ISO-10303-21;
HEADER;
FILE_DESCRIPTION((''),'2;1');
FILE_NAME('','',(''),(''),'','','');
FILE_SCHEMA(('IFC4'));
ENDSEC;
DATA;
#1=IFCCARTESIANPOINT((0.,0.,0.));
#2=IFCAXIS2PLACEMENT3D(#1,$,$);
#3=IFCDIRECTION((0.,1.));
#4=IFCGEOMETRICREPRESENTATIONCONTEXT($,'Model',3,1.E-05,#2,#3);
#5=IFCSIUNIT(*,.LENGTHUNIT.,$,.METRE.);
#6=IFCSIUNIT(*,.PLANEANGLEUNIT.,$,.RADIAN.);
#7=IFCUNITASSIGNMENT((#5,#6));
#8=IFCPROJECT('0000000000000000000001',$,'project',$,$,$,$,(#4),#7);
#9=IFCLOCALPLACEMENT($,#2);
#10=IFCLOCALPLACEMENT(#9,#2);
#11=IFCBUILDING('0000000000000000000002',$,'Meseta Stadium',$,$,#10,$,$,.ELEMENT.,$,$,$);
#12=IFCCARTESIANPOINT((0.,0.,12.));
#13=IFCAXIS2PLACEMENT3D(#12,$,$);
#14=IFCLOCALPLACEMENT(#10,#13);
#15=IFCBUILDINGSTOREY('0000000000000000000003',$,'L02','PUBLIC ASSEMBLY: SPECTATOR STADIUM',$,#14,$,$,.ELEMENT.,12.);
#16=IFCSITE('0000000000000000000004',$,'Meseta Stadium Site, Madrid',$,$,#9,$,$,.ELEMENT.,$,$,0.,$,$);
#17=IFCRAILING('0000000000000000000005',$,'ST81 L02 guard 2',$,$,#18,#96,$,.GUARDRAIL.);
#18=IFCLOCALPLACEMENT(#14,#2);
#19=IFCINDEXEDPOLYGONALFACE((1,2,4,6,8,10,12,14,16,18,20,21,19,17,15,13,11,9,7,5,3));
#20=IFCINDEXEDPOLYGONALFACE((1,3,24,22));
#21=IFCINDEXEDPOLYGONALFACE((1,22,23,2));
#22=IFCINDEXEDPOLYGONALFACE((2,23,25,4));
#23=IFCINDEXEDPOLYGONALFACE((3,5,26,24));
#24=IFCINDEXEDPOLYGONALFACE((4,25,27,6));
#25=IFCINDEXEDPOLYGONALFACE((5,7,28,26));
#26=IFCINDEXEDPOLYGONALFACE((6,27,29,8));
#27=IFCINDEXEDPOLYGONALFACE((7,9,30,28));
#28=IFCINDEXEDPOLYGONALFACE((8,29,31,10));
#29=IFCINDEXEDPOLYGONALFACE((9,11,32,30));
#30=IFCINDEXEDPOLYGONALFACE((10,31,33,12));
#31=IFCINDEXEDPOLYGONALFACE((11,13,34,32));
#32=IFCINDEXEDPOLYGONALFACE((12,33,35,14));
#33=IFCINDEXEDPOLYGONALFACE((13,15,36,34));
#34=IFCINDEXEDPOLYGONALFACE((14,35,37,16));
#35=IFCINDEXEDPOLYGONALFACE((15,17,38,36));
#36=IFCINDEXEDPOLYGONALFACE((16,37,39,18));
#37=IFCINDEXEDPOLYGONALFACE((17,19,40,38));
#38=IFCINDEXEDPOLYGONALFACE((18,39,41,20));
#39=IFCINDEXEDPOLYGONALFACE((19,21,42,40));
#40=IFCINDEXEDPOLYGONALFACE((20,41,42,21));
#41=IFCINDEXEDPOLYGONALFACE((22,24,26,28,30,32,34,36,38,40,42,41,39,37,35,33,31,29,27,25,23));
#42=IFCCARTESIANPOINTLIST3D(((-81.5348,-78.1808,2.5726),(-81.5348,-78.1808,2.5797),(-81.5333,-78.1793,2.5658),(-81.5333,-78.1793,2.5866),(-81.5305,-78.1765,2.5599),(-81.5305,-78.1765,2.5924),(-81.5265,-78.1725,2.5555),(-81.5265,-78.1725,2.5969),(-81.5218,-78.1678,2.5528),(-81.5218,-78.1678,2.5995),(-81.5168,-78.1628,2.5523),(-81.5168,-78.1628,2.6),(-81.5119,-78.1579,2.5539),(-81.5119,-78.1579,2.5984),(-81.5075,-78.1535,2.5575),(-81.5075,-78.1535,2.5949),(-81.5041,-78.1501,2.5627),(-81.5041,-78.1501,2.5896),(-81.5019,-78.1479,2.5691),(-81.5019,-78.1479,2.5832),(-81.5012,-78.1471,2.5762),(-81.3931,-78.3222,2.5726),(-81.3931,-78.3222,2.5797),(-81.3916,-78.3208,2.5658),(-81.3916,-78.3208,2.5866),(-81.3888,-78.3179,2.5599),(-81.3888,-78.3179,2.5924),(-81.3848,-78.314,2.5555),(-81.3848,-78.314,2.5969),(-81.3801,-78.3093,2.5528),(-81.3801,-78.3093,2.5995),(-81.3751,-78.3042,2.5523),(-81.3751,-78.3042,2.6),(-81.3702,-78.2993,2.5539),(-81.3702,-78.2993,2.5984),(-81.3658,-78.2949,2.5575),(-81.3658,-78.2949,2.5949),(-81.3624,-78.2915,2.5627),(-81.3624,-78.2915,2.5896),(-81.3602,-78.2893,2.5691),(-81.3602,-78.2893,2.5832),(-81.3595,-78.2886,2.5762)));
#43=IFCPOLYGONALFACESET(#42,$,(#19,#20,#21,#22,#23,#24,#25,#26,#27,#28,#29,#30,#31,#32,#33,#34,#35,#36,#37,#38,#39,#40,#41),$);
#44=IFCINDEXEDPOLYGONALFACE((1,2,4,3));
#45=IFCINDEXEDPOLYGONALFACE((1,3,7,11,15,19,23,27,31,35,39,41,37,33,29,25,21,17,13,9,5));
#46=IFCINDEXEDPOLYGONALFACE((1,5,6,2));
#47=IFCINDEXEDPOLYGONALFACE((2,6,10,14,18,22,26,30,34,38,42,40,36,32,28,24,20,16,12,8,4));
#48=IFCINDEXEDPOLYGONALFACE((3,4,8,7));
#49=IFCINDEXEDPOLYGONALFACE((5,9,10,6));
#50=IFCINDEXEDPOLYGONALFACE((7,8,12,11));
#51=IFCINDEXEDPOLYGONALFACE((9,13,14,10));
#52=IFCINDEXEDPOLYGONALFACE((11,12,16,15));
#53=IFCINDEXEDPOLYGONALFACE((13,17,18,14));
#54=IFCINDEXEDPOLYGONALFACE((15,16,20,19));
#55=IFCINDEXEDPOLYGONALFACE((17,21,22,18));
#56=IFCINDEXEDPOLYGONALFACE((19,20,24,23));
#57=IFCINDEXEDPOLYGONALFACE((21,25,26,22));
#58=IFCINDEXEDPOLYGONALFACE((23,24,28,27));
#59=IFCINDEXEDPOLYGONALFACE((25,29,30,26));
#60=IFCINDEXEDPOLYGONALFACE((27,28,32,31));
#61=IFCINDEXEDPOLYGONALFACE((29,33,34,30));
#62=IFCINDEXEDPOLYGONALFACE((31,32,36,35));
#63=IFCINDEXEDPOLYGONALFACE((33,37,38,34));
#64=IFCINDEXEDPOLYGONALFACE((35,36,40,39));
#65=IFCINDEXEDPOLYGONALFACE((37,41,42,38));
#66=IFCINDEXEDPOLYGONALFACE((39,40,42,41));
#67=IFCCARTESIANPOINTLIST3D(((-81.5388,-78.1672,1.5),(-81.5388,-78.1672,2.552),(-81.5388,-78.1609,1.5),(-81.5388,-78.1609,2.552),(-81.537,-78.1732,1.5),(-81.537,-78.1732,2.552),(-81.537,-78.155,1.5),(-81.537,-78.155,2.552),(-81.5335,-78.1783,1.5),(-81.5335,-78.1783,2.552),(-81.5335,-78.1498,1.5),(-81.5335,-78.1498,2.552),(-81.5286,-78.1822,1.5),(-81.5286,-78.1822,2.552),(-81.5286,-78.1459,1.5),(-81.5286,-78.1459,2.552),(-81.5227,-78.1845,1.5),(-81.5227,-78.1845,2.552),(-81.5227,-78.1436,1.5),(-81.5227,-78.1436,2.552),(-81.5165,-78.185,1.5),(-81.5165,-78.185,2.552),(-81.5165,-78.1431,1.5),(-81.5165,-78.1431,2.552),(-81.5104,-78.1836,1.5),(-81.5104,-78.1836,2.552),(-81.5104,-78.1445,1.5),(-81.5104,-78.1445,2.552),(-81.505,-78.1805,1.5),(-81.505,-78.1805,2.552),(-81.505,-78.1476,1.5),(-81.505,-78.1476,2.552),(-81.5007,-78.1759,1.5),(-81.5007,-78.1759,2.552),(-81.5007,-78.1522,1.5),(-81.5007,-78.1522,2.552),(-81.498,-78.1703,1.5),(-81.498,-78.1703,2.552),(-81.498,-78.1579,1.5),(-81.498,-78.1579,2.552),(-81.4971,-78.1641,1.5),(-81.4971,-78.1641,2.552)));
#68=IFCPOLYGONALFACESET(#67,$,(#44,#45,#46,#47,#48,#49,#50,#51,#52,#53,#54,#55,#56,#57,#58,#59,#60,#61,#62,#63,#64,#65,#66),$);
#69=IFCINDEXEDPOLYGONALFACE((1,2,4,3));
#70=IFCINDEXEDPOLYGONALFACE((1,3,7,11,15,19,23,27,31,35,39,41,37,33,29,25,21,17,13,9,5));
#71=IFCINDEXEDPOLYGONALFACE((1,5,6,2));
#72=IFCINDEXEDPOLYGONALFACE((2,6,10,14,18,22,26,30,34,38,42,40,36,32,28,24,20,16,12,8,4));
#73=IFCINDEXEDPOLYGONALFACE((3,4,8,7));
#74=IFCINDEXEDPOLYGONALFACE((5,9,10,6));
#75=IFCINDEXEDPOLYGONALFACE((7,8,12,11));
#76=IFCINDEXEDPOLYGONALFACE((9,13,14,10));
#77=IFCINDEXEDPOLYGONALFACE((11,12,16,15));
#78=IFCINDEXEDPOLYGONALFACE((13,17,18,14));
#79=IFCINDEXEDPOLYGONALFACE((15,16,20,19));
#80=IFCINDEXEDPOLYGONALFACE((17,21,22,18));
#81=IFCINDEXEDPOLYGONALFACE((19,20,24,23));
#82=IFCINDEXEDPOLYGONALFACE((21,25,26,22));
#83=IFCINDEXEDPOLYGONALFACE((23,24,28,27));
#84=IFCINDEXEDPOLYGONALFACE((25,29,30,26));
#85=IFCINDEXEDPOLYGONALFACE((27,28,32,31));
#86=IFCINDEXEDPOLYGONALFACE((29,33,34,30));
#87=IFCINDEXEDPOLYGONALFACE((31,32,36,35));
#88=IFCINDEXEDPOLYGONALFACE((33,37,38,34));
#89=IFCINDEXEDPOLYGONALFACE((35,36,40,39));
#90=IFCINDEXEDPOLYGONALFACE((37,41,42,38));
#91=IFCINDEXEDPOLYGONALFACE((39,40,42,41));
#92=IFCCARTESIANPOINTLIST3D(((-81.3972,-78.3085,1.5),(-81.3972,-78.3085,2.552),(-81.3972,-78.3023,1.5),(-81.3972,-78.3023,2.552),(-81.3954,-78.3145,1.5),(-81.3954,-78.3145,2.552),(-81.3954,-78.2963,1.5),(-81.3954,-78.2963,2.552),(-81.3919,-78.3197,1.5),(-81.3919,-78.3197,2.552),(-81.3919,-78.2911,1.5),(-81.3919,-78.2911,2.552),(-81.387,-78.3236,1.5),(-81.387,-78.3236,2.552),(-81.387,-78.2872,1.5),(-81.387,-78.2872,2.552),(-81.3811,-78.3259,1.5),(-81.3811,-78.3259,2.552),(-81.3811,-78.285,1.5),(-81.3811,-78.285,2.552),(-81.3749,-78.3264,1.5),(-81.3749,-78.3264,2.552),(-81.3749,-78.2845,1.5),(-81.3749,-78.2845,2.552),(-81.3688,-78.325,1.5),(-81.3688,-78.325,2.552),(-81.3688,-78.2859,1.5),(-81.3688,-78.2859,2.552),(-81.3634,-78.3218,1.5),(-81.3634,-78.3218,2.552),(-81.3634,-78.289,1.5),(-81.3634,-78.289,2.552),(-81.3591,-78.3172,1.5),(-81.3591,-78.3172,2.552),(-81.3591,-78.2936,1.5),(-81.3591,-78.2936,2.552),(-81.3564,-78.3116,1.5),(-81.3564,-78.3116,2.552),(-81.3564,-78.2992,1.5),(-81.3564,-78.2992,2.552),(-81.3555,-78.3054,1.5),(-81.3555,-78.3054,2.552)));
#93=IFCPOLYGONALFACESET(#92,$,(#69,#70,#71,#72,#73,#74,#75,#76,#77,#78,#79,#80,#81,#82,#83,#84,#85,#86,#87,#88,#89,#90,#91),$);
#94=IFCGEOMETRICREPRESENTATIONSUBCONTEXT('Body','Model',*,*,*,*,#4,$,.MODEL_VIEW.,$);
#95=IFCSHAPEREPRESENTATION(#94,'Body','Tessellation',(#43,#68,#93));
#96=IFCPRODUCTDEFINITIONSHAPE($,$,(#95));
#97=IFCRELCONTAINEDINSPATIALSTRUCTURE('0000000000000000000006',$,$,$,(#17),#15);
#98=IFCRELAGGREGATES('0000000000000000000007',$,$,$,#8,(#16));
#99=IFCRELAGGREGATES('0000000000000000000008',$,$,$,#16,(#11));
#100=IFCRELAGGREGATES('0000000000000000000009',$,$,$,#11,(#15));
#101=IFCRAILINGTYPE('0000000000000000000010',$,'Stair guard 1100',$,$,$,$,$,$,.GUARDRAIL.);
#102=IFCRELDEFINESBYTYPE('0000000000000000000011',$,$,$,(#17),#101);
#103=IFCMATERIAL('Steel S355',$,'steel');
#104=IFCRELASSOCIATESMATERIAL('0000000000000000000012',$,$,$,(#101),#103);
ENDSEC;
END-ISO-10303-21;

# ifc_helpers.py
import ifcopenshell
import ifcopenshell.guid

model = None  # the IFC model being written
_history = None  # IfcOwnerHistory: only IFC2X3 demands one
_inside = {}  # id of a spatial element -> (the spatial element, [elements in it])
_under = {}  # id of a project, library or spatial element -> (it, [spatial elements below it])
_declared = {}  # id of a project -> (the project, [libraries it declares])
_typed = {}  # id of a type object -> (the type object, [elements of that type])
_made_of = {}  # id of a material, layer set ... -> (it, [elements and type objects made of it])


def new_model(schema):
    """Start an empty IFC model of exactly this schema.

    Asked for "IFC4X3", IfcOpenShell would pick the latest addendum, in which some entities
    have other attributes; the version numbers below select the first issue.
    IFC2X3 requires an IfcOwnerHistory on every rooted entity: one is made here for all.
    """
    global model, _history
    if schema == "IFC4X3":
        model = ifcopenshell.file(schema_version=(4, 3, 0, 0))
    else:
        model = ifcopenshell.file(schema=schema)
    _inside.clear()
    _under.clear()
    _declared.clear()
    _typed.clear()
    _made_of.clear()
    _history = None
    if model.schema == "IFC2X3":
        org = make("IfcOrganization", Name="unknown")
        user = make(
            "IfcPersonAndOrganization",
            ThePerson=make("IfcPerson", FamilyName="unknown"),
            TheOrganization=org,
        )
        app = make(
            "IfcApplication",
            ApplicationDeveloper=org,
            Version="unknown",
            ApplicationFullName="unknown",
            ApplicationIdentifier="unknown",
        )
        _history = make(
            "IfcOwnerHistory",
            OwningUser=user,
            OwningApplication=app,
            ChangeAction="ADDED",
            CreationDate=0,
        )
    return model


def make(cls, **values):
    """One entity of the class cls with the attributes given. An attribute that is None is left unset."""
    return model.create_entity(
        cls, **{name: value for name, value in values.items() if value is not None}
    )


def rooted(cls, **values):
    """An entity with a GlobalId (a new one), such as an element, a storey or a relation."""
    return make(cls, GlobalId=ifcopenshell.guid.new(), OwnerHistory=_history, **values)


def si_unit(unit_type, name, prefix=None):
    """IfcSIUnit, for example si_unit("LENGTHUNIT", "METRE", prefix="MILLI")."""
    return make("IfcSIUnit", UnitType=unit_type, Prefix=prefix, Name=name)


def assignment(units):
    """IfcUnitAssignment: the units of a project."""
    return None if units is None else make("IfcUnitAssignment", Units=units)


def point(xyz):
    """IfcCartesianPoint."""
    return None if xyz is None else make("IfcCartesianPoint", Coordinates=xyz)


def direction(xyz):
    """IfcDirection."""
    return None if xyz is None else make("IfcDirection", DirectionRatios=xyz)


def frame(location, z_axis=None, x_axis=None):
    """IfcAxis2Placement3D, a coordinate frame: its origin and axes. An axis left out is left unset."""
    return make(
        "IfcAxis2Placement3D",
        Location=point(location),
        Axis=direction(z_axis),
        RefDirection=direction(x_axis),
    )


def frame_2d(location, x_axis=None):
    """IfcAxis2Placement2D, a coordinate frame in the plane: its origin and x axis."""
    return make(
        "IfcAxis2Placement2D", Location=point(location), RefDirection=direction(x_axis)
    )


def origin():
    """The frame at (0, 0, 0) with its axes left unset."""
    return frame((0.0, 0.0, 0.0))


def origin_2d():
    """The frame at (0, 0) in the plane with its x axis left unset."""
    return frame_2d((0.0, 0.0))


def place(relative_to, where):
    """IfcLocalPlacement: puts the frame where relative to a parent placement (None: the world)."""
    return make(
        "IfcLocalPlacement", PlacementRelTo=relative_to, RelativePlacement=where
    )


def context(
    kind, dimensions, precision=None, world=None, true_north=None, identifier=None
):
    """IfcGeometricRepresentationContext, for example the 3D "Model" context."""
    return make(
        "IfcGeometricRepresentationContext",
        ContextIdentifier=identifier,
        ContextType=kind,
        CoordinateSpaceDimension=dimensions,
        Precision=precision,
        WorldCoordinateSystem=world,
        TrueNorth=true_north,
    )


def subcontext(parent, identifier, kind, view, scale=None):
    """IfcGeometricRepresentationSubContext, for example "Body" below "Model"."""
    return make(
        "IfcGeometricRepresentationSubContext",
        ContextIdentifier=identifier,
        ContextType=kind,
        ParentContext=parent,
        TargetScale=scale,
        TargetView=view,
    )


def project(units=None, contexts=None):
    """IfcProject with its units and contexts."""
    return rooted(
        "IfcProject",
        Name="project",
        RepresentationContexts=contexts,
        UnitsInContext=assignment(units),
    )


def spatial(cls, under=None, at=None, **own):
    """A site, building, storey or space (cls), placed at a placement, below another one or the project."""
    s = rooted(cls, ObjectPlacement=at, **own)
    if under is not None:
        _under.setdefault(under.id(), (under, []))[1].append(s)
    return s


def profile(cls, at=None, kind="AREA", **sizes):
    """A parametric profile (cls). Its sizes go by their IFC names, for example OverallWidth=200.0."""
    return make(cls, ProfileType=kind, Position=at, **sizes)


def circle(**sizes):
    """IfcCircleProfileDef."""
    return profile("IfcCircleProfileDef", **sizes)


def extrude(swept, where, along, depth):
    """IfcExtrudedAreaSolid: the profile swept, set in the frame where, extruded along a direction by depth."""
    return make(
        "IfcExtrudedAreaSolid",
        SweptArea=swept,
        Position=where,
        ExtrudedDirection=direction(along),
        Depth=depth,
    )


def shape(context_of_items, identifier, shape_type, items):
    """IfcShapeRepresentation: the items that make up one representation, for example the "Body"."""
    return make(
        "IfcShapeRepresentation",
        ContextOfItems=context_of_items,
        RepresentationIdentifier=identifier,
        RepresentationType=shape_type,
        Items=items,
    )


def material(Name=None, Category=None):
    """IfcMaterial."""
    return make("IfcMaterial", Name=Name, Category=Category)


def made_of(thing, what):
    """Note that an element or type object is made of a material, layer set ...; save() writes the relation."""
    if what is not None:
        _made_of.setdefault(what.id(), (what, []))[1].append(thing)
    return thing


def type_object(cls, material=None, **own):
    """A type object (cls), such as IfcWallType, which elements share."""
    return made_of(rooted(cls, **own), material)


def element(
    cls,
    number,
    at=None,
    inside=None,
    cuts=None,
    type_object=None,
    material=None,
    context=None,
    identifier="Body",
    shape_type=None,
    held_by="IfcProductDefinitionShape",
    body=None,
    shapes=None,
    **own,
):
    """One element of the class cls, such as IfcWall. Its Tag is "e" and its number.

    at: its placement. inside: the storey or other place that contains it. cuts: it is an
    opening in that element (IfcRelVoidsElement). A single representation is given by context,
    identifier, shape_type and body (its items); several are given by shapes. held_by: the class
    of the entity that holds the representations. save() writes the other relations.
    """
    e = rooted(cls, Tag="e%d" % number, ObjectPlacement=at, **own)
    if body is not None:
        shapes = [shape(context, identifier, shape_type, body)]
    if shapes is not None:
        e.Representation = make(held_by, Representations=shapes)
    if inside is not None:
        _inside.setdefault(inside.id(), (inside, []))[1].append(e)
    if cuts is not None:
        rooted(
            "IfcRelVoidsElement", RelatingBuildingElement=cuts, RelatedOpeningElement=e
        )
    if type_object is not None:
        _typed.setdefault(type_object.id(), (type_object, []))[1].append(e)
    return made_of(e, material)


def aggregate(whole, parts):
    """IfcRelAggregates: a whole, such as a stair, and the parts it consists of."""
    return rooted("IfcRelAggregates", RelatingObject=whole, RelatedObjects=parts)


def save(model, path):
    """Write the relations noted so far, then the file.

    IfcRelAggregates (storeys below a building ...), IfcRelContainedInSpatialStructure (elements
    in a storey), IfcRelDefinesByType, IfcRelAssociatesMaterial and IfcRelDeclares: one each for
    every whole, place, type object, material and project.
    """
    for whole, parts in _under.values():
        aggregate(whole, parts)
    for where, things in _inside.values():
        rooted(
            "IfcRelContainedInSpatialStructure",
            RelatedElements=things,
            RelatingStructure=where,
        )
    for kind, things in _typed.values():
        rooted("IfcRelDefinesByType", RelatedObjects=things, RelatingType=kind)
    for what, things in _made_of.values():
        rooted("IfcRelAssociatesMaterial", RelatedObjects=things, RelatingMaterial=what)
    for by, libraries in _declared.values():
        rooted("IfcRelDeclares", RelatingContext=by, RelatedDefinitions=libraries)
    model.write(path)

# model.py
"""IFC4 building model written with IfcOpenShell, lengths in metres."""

from ifc_helpers import new_model, si_unit, direction, frame, origin, origin_2d, place, context, subcontext, project, spatial, circle, extrude, material, type_object, element, save


model = new_model("IFC4")

# Units and contexts
model_context = context("Model", 3, precision=1e-05, world=origin(), true_north=direction((0.0, 1.0)))
body_context = subcontext(model_context, "Body", "Model", "MODEL_VIEW")
ifc_project = project(units=[si_unit("LENGTHUNIT", "METRE"), si_unit("PLANEANGLEUNIT", "RADIAN")], contexts=[model_context])

# Site, building, storey
site_placement = place(None, origin())
site = spatial("IfcSite", under=ifc_project, at=site_placement, Name="Meseta Stadium Site, Madrid", CompositionType="ELEMENT", RefElevation=0.0)
building_placement = place(site_placement, origin())
building = spatial("IfcBuilding", under=site, at=building_placement, Name="Meseta Stadium", CompositionType="ELEMENT")
storey_placement = place(building_placement, frame((0.0, 0.0, 12.0)))
storey = spatial("IfcBuildingStorey", under=building, at=storey_placement, Name="L02", Description="PUBLIC ASSEMBLY: SPECTATOR STADIUM", CompositionType="ELEMENT", Elevation=12.0)

# Railing
ifc_material_1 = material(Name="Steel S355", Category="steel")
railing_type_1 = type_object("IfcRailingType", Name="Stair guard 1100", PredefinedType="GUARDRAIL", material=ifc_material_1)
railing_1_placement = place(storey_placement, frame((-81.5181, -78.1641, 1.5)))
element("IfcRailing", 1, at=railing_1_placement, inside=storey, type_object=railing_type_1, Name="ST81 L02 guard 2", PredefinedType="GUARDRAIL", context=body_context, shape_type="SweptSolid", body=[
    extrude(circle(Radius=0.0239, at=origin_2d()), frame((0.0, 0.0, 1.0762), z_axis=(0.707717, -0.706496, 0.0), x_axis=(0.706496, 0.707717, 0.0)), (0.0, 0.0, 1.0), 0.2002),
    extrude(circle(Radius=0.021, at=origin_2d()), origin(), (0.0, 0.0, 1.0), 1.052),
    extrude(circle(Radius=0.021, at=origin_2d()), frame((0.1416, -0.1414, 0.0)), (0.0, 0.0, 1.0), 1.052),
])

save(model, "model.ifc")
